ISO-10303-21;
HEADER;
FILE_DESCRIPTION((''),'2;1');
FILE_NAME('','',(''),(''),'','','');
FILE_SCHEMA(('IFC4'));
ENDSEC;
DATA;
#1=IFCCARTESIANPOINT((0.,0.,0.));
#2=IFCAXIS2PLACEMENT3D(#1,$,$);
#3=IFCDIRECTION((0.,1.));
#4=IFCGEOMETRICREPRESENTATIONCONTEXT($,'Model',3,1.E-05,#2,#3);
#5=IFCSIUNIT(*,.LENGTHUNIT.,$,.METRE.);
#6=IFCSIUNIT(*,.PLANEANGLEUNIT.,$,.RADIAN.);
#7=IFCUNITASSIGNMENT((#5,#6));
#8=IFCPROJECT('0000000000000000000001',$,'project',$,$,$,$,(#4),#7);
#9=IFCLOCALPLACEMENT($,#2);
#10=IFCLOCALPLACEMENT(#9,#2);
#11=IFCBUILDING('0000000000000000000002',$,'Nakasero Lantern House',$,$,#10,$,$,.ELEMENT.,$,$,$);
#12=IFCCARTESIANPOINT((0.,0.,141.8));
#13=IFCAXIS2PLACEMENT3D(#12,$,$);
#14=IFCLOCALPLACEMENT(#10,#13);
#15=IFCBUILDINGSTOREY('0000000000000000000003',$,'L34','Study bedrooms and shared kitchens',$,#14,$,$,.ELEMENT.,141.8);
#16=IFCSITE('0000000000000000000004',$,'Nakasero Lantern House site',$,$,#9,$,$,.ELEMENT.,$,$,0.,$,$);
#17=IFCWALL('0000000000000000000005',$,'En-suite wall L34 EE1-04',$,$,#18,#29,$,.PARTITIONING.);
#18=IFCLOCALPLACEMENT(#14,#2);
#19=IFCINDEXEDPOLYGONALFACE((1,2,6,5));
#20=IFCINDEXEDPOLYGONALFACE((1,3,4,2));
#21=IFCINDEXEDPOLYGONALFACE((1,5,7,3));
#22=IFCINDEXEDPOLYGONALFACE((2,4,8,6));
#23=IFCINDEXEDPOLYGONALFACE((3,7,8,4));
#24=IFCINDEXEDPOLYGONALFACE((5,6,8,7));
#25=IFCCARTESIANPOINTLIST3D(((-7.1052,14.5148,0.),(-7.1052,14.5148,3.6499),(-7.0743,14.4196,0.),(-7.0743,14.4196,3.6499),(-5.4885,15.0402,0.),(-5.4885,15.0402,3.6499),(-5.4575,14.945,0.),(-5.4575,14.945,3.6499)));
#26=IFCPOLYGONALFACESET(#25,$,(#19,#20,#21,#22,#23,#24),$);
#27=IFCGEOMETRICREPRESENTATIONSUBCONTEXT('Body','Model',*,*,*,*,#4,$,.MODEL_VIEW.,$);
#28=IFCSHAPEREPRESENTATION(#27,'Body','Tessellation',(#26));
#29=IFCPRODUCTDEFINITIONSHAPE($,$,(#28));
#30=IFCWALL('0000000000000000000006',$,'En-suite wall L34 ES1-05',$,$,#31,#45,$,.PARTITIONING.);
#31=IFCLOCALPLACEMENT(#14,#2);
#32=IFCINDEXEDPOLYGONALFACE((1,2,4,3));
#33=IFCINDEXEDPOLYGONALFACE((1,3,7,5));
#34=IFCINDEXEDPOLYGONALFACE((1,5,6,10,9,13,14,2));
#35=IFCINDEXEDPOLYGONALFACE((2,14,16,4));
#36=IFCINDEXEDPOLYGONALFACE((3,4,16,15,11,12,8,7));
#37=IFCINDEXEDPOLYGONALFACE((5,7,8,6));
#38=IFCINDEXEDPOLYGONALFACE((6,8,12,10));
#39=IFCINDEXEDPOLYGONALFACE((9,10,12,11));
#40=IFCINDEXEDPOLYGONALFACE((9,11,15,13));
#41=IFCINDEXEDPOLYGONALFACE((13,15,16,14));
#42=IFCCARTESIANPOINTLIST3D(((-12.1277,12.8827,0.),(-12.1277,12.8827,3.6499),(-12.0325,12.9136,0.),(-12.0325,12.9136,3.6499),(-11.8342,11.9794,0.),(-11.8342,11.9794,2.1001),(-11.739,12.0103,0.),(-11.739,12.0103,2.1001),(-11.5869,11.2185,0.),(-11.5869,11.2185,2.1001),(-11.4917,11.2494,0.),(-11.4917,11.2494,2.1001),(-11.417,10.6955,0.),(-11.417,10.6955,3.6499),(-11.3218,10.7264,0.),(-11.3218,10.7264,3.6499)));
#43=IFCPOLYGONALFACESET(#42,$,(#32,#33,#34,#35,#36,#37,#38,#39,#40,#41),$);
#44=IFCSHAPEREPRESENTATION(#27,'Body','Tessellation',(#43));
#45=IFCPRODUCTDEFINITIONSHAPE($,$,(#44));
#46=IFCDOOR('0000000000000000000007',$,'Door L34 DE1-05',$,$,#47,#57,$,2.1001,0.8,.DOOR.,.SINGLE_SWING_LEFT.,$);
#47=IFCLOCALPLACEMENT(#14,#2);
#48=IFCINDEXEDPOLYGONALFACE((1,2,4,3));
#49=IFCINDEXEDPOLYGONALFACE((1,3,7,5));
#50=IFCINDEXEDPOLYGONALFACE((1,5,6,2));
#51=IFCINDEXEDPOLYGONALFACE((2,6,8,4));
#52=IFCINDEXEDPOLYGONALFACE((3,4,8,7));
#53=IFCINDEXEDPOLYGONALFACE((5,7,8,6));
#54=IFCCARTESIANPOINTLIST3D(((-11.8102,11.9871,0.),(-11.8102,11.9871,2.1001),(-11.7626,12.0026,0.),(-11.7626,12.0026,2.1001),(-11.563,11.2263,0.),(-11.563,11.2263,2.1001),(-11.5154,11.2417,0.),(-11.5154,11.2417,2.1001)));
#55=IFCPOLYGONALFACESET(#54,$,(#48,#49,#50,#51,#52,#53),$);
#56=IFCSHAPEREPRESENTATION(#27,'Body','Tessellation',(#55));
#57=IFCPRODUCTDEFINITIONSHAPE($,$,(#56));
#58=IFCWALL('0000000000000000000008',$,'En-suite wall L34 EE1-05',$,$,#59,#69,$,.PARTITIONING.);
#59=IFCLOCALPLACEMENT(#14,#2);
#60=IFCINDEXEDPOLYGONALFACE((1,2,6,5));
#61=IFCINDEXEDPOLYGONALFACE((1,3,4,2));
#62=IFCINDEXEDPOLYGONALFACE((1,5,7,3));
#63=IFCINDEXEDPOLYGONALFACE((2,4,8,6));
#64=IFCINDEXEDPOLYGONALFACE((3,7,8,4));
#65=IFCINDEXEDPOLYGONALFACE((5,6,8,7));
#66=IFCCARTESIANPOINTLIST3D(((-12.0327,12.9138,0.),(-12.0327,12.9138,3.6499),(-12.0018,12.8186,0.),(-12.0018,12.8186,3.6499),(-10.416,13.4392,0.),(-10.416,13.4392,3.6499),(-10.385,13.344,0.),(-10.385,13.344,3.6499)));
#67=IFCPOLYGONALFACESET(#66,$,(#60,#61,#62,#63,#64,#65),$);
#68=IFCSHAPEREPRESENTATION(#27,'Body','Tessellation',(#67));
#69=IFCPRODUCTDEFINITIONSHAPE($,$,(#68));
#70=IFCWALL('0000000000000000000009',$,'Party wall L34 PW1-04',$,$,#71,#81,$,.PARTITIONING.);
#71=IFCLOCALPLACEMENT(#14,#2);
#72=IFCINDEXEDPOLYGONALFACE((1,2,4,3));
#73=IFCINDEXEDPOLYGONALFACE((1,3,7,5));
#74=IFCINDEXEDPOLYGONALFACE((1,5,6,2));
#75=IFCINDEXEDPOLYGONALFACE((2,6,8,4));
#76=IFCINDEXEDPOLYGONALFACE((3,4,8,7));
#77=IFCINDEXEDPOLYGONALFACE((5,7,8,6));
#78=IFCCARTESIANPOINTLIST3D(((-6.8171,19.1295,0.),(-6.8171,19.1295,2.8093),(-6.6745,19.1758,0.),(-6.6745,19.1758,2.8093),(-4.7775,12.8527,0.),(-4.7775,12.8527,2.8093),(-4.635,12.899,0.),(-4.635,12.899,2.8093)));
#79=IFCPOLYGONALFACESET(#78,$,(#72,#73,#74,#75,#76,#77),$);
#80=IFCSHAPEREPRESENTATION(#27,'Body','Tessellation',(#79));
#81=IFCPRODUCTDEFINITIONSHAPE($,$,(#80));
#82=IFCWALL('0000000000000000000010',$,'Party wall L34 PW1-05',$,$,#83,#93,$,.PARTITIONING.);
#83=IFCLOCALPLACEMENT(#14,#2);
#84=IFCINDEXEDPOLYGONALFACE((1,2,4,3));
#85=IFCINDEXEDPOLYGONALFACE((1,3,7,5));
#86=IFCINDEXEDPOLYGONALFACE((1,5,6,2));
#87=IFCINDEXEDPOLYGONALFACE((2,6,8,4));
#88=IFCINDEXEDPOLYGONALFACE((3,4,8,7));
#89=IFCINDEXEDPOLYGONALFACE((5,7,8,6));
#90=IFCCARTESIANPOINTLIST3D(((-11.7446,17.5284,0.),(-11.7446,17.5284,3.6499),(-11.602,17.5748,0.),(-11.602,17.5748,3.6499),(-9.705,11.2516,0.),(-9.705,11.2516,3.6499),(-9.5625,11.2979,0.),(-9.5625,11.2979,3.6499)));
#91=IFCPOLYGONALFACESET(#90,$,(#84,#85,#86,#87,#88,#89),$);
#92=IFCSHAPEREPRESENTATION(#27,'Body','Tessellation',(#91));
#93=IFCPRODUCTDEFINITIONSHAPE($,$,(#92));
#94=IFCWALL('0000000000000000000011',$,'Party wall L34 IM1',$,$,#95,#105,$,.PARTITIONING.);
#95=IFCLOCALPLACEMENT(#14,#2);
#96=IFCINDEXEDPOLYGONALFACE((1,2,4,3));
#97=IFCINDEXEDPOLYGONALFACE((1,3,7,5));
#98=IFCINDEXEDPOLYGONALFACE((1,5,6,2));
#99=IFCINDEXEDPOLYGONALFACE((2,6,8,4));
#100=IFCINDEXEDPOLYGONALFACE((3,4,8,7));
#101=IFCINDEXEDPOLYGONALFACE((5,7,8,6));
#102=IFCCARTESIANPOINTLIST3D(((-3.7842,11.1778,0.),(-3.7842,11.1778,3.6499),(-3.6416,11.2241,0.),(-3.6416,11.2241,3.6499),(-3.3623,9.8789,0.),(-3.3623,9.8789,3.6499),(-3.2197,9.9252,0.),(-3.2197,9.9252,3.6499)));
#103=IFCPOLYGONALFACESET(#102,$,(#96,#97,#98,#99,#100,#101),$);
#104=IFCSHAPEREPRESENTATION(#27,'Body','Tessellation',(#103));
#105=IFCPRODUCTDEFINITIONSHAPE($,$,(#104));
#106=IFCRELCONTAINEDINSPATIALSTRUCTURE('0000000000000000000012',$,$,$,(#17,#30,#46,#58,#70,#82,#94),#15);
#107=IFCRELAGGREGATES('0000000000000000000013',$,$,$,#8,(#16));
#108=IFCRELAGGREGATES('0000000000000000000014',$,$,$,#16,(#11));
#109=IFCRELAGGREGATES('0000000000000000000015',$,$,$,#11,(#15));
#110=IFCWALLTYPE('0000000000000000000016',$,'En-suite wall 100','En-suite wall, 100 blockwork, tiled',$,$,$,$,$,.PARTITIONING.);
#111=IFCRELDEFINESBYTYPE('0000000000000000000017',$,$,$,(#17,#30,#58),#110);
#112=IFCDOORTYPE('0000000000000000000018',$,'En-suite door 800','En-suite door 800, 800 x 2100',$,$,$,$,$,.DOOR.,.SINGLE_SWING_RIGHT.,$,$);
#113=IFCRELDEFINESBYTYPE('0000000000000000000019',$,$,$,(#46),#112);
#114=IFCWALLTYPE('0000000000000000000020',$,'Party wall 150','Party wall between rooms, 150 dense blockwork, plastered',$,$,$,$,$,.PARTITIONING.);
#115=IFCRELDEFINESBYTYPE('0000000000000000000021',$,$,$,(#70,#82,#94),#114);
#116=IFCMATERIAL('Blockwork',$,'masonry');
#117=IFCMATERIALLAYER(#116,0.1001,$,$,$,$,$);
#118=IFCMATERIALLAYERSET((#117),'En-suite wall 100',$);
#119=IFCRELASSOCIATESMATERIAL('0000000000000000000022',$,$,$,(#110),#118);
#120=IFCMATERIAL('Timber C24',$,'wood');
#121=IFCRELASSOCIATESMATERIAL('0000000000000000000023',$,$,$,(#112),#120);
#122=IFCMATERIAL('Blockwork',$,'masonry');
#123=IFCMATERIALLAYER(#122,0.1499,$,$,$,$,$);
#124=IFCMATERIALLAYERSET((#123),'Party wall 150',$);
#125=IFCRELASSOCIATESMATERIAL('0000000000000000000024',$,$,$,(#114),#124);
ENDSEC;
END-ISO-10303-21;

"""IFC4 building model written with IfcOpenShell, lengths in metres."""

from ifc_helpers import new_model, si_unit, direction, frame, frame_2d, origin, place, context, subcontext, project, spatial, rectangle, extrude, material, layer, layer_set, type_object, element, fill, save


model = new_model("IFC4")

# Units and contexts
model_context = context("Model", 3, precision=1e-05, world=origin(), true_north=direction((0.0, 1.0)))
body_context = subcontext(model_context, "Body", "Model", "MODEL_VIEW")
ifc_project = project(units=[si_unit("LENGTHUNIT", "METRE"), si_unit("PLANEANGLEUNIT", "RADIAN")], contexts=[model_context])

# Site, building, storey
site_placement = place(None, origin())
site = spatial("IfcSite", under=ifc_project, at=site_placement, Name="Nakasero Lantern House site", CompositionType="ELEMENT", RefElevation=0.0)
building_placement = place(site_placement, origin())
building = spatial("IfcBuilding", under=site, at=building_placement, Name="Nakasero Lantern House", CompositionType="ELEMENT")
storey_placement = place(building_placement, frame((0.0, 0.0, 141.8)))
storey = spatial("IfcBuildingStorey", under=building, at=storey_placement, Name="L34", Description="Study bedrooms and shared kitchens", CompositionType="ELEMENT", Elevation=141.8)

# Shared definitions
ifc_material_1 = material(Name="Blockwork", Category="masonry")
ifc_layer_1 = layer(ifc_material_1, 0.1001)
ifc_layer_set_1 = layer_set([ifc_layer_1], Name="En-suite wall 100")
wall_type_1 = type_object("IfcWallType", Name="En-suite wall 100", Description="En-suite wall, 100 blockwork, tiled", PredefinedType="PARTITIONING", material=ifc_layer_set_1)
ifc_material_2 = material(Name="Timber C24", Category="wood")
door_type = type_object("IfcDoorType", Name="En-suite door 800", Description="En-suite door 800, 800 x 2100", OperationType="SINGLE_SWING_RIGHT", PredefinedType="DOOR", material=ifc_material_2)

# Wall
wall_1_placement = place(storey_placement, frame((-5.4729, 14.9927, 0.0), z_axis=(0.0, 0.0, 1.0), x_axis=(-0.95104, -0.309067, 0.0)))
element("IfcWall", 1, at=wall_1_placement, inside=storey, type_object=wall_type_1, Name="En-suite wall L34 EE1-04", PredefinedType="PARTITIONING", context=body_context, shape_type="SweptSolid", body=[
    extrude(rectangle(XDim=1.7, YDim=0.1001, at=frame_2d((0.8501, 0.0))), origin(), (0.0, 0.0, 1.0), 3.6499),
])

# Wall, opening, door
wall_2_placement = place(storey_placement, frame((-11.3694, 10.7109, 0.0), z_axis=(0.0, 0.0, 1.0), x_axis=(-0.309021, 0.951055, 0.0)))
wall_2 = element("IfcWall", 2, at=wall_2_placement, inside=storey, type_object=wall_type_1, Name="En-suite wall L34 ES1-05", PredefinedType="PARTITIONING", context=body_context, shape_type="SweptSolid", body=[
    extrude(rectangle(XDim=2.2998, YDim=0.1001, at=frame_2d((1.1499, 0.0))), origin(), (0.0, 0.0, 1.0), 3.6499),
])
opening_1_placement = place(wall_2_placement, frame((0.55, 0.0, 0.0)))
opening_1 = element("IfcOpeningElement", 3, at=opening_1_placement, cuts=wall_2, PredefinedType="OPENING", context=body_context, shape_type="SweptSolid", body=[
    extrude(rectangle(XDim=0.8, YDim=2.1001, at=frame_2d((0.3999, 1.05))), frame((0.0, 0.0701, 0.0), z_axis=(0.0, -1.0, 0.0), x_axis=(1.0, 0.0, 0.0)), (0.0, 0.0, 1.0), 0.1401),
])
door_1_placement = place(opening_1_placement, origin())
door_1 = element("IfcDoor", 4, at=door_1_placement, inside=storey, type_object=door_type, Name="Door L34 DE1-05", OperationType="SINGLE_SWING_LEFT", OverallHeight=2.1001, OverallWidth=0.8, PredefinedType="DOOR", context=body_context, shape_type="SweptSolid", body=[
    extrude(rectangle(XDim=0.8, YDim=2.1001, at=frame_2d((0.3999, 1.05))), frame((0.0, 0.0249, 0.0), z_axis=(0.0, -1.0, 0.0), x_axis=(1.0, 0.0, 0.0)), (0.0, 0.0, 1.0), 0.05),
])
fill(opening_1, door_1)

# Walls
wall_3_placement = place(storey_placement, frame((-10.4004, 13.3916, 0.0), z_axis=(0.0, 0.0, 1.0), x_axis=(-0.95104, -0.309067, 0.0)))
element("IfcWall", 5, at=wall_3_placement, inside=storey, type_object=wall_type_1, Name="En-suite wall L34 EE1-05", PredefinedType="PARTITIONING", context=body_context, shape_type="SweptSolid", body=[
    extrude(rectangle(XDim=1.7, YDim=0.1001, at=frame_2d((0.8501, 0.0))), origin(), (0.0, 0.0, 1.0), 3.6499),
])
ifc_material_3 = material(Name="Blockwork", Category="masonry")
ifc_layer_2 = layer(ifc_material_3, 0.1499)
ifc_layer_set_2 = layer_set([ifc_layer_2], Name="Party wall 150")
wall_type_2 = type_object("IfcWallType", Name="Party wall 150", Description="Party wall between rooms, 150 dense blockwork, plastered", PredefinedType="PARTITIONING", material=ifc_layer_set_2)
wall_4_placement = place(storey_placement, frame((-4.7063, 12.876, 0.0), z_axis=(0.0, 0.0, 1.0), x_axis=(-0.309028, 0.951053, 0.0)))
element("IfcWall", 6, at=wall_4_placement, inside=storey, type_object=wall_type_2, Name="Party wall L34 PW1-04", PredefinedType="PARTITIONING", context=body_context, shape_type="SweptSolid", body=[
    extrude(rectangle(XDim=6.5999, YDim=0.1499, at=frame_2d((3.2998, 0.0))), origin(), (0.0, 0.0, 1.0), 2.8093),
])
wall_5_placement = place(storey_placement, frame((-9.6338, 11.2749, 0.0), z_axis=(0.0, 0.0, 1.0), x_axis=(-0.309028, 0.951053, 0.0)))
element("IfcWall", 7, at=wall_5_placement, inside=storey, type_object=wall_type_2, Name="Party wall L34 PW1-05", PredefinedType="PARTITIONING", context=body_context, shape_type="SweptSolid", body=[
    extrude(rectangle(XDim=6.5999, YDim=0.1499, at=frame_2d((3.2998, 0.0))), origin(), (0.0, 0.0, 1.0), 3.6499),
])
wall_6_placement = place(storey_placement, frame((-3.7129, 11.2009, 0.0), z_axis=(0.0, 0.0, 1.0), x_axis=(0.308924, -0.951087, 0.0)))
element("IfcWall", 8, at=wall_6_placement, inside=storey, type_object=wall_type_2, Name="Party wall L34 IM1", PredefinedType="PARTITIONING", context=body_context, shape_type="SweptSolid", body=[
    extrude(rectangle(XDim=1.3657, YDim=0.1499, at=frame_2d((0.6829, 0.0))), origin(), (0.0, 0.0, 1.0), 3.6499),
])

save(model, "model.ifc")
